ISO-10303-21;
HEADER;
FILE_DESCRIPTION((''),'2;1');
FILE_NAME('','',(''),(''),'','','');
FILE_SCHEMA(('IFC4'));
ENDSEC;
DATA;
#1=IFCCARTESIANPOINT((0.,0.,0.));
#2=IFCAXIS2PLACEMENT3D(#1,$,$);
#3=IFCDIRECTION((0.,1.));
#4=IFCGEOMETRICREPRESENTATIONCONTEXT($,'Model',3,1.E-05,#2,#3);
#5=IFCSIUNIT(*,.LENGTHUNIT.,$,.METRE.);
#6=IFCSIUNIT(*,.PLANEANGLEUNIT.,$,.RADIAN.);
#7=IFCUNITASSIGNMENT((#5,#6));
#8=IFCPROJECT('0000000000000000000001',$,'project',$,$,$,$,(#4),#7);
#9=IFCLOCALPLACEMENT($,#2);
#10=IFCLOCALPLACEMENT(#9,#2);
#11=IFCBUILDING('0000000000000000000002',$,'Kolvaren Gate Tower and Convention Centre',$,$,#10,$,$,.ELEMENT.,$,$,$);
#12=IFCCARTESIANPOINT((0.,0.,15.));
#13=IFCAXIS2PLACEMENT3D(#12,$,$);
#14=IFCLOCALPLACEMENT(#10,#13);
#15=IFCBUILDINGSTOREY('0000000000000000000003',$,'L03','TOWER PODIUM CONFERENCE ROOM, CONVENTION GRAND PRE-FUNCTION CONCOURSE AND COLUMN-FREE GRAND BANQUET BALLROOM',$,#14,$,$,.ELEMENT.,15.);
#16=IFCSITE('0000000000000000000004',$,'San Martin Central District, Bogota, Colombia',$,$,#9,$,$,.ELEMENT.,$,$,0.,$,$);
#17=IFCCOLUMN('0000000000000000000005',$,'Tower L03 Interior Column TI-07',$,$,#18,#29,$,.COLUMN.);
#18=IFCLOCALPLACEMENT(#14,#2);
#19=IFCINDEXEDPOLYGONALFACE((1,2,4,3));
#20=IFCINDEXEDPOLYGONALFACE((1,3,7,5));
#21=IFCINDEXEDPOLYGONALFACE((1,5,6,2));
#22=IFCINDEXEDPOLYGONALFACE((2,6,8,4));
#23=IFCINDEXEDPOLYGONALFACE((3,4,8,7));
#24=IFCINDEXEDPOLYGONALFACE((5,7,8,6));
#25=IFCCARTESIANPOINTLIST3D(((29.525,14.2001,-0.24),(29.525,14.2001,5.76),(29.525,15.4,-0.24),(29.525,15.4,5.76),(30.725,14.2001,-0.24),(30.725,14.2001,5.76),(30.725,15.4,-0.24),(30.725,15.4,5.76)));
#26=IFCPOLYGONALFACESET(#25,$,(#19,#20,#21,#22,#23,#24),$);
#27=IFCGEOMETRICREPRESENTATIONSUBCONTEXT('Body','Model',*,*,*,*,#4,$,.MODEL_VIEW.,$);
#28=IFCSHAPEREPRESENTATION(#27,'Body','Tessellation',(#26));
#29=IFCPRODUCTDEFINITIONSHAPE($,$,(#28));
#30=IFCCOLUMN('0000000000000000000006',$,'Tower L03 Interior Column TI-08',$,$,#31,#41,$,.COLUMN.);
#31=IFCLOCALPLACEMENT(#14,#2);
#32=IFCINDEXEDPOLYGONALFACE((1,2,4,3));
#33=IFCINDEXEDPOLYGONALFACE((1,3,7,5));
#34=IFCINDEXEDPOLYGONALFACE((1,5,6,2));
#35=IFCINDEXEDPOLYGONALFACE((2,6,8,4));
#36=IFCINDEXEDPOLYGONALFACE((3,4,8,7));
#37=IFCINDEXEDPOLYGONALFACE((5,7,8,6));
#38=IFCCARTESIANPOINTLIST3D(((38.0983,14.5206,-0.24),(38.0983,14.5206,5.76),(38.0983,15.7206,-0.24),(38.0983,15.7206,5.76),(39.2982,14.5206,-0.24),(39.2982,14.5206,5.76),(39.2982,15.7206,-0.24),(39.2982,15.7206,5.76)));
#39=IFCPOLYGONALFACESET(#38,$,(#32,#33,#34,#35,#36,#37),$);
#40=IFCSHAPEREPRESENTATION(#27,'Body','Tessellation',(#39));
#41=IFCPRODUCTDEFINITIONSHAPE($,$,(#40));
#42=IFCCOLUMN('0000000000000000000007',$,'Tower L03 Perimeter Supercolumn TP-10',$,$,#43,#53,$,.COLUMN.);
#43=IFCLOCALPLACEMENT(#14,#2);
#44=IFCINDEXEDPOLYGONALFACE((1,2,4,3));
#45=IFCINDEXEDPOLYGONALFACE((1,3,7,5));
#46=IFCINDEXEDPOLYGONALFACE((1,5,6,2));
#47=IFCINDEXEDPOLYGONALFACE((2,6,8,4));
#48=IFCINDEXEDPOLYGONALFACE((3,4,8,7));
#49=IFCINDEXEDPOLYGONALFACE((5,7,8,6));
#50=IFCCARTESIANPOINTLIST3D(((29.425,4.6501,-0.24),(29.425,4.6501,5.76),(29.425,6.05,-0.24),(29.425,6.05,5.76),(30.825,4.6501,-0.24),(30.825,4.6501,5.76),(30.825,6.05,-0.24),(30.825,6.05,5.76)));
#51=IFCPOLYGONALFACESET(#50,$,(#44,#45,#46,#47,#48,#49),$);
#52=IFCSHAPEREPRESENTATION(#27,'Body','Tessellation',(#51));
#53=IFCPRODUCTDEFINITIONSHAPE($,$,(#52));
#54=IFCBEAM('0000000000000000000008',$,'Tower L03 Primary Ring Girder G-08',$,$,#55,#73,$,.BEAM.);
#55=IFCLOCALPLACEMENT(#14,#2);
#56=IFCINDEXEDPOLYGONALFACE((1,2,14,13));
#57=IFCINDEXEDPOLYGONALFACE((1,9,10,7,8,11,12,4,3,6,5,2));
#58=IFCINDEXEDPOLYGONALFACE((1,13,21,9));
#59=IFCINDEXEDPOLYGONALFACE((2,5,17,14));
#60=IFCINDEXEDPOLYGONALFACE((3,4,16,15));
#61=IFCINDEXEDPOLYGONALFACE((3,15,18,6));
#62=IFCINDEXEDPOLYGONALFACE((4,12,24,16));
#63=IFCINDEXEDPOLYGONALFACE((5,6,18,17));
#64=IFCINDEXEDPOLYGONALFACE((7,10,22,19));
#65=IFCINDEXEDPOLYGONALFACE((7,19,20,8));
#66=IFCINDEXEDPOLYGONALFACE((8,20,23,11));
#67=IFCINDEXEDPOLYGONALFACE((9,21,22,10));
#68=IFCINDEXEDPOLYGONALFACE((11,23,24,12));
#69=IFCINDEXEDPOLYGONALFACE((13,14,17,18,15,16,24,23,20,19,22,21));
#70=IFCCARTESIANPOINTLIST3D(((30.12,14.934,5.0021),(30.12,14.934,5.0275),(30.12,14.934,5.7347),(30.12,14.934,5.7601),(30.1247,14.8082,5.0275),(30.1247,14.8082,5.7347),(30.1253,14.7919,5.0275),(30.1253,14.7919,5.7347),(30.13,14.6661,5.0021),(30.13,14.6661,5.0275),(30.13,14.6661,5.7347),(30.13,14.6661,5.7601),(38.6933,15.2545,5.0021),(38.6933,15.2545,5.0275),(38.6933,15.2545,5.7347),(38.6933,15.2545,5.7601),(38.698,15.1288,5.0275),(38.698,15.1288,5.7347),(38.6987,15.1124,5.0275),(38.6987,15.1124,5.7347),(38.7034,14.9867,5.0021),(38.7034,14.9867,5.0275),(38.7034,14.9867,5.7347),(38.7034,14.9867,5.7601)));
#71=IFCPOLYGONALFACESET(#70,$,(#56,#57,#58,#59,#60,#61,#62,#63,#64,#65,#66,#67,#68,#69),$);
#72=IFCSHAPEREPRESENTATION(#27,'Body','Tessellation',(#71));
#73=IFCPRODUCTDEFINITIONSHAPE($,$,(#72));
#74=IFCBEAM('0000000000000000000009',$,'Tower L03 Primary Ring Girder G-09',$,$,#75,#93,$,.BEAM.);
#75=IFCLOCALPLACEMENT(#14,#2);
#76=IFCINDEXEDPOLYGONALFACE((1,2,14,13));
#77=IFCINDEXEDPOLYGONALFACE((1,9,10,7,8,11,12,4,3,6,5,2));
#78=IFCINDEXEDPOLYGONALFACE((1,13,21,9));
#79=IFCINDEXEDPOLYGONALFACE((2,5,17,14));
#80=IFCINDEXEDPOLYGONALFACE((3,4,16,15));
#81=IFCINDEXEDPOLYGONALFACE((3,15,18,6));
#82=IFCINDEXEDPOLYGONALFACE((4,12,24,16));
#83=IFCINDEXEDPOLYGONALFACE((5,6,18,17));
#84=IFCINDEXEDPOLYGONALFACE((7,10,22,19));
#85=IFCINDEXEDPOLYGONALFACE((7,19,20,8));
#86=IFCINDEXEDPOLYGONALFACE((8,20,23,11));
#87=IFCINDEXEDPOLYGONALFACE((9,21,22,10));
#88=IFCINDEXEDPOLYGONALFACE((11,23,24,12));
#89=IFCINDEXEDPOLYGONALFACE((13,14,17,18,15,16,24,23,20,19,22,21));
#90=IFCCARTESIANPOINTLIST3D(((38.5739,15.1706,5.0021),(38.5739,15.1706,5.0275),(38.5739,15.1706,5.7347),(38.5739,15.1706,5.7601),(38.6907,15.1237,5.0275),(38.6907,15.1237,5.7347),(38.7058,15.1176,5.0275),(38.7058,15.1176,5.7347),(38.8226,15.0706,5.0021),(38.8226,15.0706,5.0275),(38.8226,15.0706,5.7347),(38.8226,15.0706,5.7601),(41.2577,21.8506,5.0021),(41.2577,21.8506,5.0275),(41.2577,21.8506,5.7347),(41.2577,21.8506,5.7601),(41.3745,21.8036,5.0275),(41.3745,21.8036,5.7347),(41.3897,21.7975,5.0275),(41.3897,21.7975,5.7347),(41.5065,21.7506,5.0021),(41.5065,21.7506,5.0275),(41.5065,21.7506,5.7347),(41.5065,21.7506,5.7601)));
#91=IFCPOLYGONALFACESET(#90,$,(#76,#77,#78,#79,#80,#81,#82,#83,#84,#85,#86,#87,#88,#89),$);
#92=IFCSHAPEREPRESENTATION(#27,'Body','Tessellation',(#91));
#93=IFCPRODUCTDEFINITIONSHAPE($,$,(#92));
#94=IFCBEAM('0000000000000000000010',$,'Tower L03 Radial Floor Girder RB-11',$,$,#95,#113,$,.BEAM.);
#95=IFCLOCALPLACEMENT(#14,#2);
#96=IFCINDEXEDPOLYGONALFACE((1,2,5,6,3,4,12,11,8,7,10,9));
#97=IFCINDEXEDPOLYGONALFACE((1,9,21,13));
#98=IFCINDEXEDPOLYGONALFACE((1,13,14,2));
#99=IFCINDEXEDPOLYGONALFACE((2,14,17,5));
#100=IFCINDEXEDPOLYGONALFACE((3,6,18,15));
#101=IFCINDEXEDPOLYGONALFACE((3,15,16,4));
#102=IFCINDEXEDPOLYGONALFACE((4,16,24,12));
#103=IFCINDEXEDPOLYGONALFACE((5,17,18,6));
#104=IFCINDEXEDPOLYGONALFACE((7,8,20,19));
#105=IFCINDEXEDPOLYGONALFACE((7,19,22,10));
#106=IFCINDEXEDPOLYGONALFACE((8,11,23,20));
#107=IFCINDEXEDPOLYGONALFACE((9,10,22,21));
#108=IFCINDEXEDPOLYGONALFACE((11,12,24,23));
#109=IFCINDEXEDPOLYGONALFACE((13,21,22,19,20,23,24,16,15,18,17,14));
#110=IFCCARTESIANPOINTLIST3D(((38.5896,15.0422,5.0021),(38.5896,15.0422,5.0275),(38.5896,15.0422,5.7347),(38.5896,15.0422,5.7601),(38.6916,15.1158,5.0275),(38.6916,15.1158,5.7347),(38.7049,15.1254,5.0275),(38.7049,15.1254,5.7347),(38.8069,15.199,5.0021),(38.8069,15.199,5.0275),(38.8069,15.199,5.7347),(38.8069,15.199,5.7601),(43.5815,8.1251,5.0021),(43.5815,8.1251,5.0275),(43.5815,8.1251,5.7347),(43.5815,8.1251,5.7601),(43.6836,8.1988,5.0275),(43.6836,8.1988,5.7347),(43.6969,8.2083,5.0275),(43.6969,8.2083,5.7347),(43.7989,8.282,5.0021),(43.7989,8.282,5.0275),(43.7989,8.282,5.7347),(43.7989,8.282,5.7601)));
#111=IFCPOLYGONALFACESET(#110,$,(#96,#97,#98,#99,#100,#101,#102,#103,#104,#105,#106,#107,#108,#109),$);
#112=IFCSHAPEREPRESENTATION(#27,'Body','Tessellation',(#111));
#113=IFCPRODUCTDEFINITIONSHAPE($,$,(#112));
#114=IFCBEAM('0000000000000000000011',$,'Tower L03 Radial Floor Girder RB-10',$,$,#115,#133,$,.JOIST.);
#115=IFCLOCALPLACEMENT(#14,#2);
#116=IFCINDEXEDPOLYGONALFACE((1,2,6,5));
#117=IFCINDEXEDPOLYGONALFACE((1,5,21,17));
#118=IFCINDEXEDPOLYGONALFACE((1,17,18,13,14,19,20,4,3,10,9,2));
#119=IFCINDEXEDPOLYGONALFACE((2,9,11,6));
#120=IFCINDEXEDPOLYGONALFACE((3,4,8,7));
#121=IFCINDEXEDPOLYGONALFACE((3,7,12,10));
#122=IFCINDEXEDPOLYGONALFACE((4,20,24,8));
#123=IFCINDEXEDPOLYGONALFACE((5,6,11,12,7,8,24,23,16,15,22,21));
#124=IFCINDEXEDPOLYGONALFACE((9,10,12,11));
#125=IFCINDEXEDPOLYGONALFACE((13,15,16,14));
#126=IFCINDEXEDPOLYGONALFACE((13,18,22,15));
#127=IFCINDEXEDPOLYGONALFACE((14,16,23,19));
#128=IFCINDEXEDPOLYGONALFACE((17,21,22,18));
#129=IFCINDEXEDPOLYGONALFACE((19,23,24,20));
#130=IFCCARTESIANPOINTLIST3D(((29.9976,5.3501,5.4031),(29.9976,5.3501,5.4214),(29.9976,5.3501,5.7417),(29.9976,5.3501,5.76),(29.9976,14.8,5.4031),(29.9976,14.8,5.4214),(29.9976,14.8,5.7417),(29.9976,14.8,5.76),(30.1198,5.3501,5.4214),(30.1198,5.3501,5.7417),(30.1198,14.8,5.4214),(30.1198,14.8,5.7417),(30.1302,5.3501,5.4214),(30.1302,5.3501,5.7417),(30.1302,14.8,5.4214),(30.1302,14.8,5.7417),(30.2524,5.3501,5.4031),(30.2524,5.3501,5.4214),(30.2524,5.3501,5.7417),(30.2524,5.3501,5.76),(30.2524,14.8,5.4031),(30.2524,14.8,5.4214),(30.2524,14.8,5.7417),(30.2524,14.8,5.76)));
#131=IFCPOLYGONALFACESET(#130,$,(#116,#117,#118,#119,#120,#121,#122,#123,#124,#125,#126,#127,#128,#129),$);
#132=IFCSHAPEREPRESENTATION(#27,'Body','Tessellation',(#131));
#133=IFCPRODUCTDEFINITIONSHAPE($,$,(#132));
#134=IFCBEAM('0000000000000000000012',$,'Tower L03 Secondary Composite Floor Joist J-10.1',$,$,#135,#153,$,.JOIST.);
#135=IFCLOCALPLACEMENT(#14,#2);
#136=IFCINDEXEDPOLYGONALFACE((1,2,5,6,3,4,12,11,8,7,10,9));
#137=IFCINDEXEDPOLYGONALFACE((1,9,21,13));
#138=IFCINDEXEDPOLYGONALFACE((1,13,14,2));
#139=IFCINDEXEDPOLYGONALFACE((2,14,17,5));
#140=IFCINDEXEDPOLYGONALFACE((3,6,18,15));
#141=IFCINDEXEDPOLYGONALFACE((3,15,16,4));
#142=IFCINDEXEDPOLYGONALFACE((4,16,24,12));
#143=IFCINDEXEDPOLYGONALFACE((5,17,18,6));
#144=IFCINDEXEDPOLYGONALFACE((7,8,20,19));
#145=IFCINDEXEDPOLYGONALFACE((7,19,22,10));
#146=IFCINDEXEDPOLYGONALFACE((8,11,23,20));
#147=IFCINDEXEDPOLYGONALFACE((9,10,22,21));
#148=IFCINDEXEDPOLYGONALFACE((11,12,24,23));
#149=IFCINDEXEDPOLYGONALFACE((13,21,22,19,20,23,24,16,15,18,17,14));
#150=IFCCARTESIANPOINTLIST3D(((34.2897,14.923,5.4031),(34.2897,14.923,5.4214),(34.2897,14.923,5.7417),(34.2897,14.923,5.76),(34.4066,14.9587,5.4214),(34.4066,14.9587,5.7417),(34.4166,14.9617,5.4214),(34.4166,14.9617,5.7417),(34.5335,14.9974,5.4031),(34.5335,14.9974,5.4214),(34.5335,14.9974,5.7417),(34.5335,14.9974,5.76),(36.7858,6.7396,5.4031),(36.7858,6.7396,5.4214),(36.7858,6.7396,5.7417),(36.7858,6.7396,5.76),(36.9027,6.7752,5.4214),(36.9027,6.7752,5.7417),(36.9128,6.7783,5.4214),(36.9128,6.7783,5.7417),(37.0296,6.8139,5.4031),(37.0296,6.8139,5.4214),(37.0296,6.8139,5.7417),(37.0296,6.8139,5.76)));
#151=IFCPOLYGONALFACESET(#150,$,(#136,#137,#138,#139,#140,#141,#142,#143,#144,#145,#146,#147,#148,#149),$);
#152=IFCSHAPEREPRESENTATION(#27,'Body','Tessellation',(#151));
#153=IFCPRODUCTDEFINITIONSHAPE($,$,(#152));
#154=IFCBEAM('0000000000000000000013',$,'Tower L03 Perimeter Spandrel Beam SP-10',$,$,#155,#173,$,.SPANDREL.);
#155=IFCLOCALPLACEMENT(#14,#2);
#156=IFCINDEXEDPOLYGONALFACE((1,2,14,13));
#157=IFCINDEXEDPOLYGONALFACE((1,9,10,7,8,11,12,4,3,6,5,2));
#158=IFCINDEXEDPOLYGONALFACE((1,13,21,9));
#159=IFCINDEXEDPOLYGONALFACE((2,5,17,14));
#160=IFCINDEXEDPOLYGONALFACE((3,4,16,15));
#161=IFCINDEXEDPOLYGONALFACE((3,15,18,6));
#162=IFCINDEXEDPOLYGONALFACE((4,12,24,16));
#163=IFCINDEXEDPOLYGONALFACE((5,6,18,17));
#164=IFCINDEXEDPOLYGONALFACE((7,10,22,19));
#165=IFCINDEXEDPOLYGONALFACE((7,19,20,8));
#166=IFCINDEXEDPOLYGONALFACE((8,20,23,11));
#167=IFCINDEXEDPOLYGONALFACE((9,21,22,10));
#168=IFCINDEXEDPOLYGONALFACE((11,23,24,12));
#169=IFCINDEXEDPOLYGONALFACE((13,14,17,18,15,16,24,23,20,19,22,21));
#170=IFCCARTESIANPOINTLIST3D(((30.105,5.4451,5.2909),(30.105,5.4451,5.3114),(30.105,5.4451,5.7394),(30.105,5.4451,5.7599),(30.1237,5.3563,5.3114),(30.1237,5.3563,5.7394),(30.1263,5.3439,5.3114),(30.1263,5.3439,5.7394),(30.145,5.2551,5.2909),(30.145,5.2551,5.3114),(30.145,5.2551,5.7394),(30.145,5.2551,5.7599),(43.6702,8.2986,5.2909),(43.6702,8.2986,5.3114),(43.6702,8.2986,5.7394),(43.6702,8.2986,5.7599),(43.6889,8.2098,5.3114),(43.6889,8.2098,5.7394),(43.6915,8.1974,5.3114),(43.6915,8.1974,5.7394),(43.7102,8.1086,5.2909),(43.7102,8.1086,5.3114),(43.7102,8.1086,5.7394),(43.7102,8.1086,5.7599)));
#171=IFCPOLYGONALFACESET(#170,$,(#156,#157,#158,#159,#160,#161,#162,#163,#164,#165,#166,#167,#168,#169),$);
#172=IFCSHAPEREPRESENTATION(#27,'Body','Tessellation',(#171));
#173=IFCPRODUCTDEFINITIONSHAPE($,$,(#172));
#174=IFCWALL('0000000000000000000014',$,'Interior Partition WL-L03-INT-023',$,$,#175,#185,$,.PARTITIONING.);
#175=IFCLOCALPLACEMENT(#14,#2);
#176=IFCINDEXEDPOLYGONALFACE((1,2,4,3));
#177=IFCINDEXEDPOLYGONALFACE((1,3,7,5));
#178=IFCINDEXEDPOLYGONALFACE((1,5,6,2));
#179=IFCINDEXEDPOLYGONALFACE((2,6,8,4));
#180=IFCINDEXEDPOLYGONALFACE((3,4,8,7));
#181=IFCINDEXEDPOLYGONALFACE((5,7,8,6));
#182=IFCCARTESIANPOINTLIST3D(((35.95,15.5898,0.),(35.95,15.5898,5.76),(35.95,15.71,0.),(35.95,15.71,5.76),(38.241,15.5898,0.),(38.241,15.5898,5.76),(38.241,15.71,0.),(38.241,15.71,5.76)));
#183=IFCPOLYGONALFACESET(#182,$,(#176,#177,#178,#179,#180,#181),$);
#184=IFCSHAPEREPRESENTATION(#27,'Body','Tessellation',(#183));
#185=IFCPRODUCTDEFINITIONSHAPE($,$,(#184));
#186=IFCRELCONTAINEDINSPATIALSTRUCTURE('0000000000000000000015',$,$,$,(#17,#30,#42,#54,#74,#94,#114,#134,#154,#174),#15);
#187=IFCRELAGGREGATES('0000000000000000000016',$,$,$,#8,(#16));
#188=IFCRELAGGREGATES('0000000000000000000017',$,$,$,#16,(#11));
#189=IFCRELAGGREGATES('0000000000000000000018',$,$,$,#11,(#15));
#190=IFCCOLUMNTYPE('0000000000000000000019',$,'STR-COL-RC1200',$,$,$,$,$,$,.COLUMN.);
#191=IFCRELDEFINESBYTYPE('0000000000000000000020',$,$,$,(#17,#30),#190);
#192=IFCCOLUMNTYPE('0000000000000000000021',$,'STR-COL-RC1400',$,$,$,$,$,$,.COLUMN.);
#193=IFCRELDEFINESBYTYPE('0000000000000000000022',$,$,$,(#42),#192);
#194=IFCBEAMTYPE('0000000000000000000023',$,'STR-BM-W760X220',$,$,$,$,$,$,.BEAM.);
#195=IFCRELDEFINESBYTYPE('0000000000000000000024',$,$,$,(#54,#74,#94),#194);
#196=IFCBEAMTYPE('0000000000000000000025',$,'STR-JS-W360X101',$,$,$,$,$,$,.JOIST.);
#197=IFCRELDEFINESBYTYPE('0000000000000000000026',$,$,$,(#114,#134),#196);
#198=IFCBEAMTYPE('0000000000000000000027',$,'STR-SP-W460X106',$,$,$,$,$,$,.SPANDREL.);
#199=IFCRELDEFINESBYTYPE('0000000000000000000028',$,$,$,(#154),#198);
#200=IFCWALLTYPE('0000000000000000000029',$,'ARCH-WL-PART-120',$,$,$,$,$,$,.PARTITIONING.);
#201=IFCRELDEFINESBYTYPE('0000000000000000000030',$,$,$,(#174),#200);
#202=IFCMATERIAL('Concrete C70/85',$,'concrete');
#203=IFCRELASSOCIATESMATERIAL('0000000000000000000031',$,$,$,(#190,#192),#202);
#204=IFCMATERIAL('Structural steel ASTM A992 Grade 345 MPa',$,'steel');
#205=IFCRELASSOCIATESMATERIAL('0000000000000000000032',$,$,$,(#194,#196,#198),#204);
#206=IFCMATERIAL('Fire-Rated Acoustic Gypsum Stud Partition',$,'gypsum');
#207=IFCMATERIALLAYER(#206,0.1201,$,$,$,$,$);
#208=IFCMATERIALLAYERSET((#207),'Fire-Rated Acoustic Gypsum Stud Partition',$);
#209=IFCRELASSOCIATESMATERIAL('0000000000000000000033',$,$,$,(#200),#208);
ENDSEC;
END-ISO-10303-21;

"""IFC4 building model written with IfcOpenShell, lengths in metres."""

from ifc_helpers import new_model, si_unit, direction, frame, frame_2d, origin, origin_2d, place, context, subcontext, project, spatial, rectangle, i_section, extrude, material, layer, layer_set, material_profile, profile_set, type_object, element, save


model = new_model("IFC4")

# Units and contexts
model_context = context("Model", 3, precision=1e-05, world=origin(), true_north=direction((0.0, 1.0)))
body_context = subcontext(model_context, "Body", "Model", "MODEL_VIEW")
ifc_project = project(units=[si_unit("LENGTHUNIT", "METRE"), si_unit("PLANEANGLEUNIT", "RADIAN")], contexts=[model_context])

# Site, building, storey
site_placement = place(None, origin())
site = spatial("IfcSite", under=ifc_project, at=site_placement, Name="San Martin Central District, Bogota, Colombia", CompositionType="ELEMENT", RefElevation=0.0)
building_placement = place(site_placement, origin())
building = spatial("IfcBuilding", under=site, at=building_placement, Name="Kolvaren Gate Tower and Convention Centre", CompositionType="ELEMENT")
storey_placement = place(building_placement, frame((0.0, 0.0, 15.0)))
storey = spatial("IfcBuildingStorey", under=building, at=storey_placement, Name="L03", Description="TOWER PODIUM CONFERENCE ROOM, CONVENTION GRAND PRE-FUNCTION CONCOURSE AND COLUMN-FREE GRAND BANQUET BALLROOM", CompositionType="ELEMENT", Elevation=15.0)

# Columns
ifc_material_1 = material(Name="Concrete C70/85", Category="concrete")
ifc_material_profile_1 = material_profile(ifc_material_1, rectangle(XDim=1.2, YDim=1.2, at=origin_2d()), Name="RC-COL-1200X1200")
ifc_profile_set_1 = profile_set([ifc_material_profile_1], Name="Concrete C70/85")
column_type_1 = type_object("IfcColumnType", Name="STR-COL-RC1200", PredefinedType="COLUMN", material=ifc_profile_set_1)
for number, where, z_axis, x_axis, name in (
    (1, (30.125, 14.8, -0.24), (0.0, 0.0, 1.0), (1.0, 0.0, 0.0), "Tower L03 Interior Column TI-07"),
    (2, (38.6982, 15.1206, -0.24), (0.0, 0.0, 1.0), (1.0, 0.0, 0.0), "Tower L03 Interior Column TI-08"),
):
    element("IfcColumn", number, at=place(storey_placement, frame(where, z_axis=z_axis, x_axis=x_axis)), inside=storey, type_object=column_type_1, Name=name, PredefinedType="COLUMN", context=body_context, shape_type="SweptSolid", body=[
        extrude(rectangle(XDim=1.2, YDim=1.2, at=origin_2d()), origin(), (0.0, 0.0, 1.0), 6.0),
    ])
ifc_material_profile_2 = material_profile(ifc_material_1, rectangle(XDim=1.3999, YDim=1.3999, at=origin_2d()), Name="RC-COL-1400X1400")
ifc_profile_set_2 = profile_set([ifc_material_profile_2], Name="Concrete C70/85")
column_type_2 = type_object("IfcColumnType", Name="STR-COL-RC1400", PredefinedType="COLUMN", material=ifc_profile_set_2)
column_placement = place(storey_placement, frame((30.125, 5.3501, -0.24), z_axis=(0.0, 0.0, 1.0), x_axis=(1.0, 0.0, 0.0)))
element("IfcColumn", 3, at=column_placement, inside=storey, type_object=column_type_2, Name="Tower L03 Perimeter Supercolumn TP-10", PredefinedType="COLUMN", context=body_context, shape_type="SweptSolid", body=[
    extrude(rectangle(XDim=1.3999, YDim=1.3999, at=origin_2d()), origin(), (0.0, 0.0, 1.0), 6.0),
])

# Beams
ifc_material_2 = material(Name="Structural steel ASTM A992 Grade 345 MPa", Category="steel")
ifc_material_profile_3 = material_profile(ifc_material_2, i_section(OverallWidth=0.2681, OverallDepth=0.7581, WebThickness=0.0164, FlangeThickness=0.0254, at=origin_2d()), Name="W760X220")
ifc_profile_set_3 = profile_set([ifc_material_profile_3], Name="Structural steel ASTM A992 Grade 345 MPa")
beam_type_1 = type_object("IfcBeamType", Name="STR-BM-W760X220", PredefinedType="BEAM", material=ifc_profile_set_3)
beam_1_placement = place(storey_placement, frame((30.125, 14.8, 5.3811), z_axis=(0.999302, 0.037364, 0.0), x_axis=(-0.037364, 0.999302, 0.0)))
element("IfcBeam", 4, at=beam_1_placement, inside=storey, type_object=beam_type_1, Name="Tower L03 Primary Ring Girder G-08", PredefinedType="BEAM", context=body_context, shape_type="SweptSolid", body=[
    extrude(i_section(OverallWidth=0.2681, OverallDepth=0.7581, WebThickness=0.0164, FlangeThickness=0.0254, at=origin_2d()), origin(), (0.0, 0.0, 1.0), 8.5793),
])
beam_2_placement = place(storey_placement, frame((38.6982, 15.1206, 5.3811), z_axis=(0.372811, 0.927907, 0.0), x_axis=(-0.927907, 0.372811, 0.0)))
element("IfcBeam", 5, at=beam_2_placement, inside=storey, type_object=beam_type_1, Name="Tower L03 Primary Ring Girder G-09", PredefinedType="BEAM", context=body_context, shape_type="SweptSolid", body=[
    extrude(i_section(OverallWidth=0.2681, OverallDepth=0.7581, WebThickness=0.0164, FlangeThickness=0.0254, at=origin_2d()), origin(), (0.0, 0.0, 1.0), 7.199),
])
beam_3_placement = place(storey_placement, frame((38.6982, 15.1206, 5.3811), z_axis=(0.585208, -0.810883, 0.0), x_axis=(0.810883, 0.585208, 0.0)))
element("IfcBeam", 6, at=beam_3_placement, inside=storey, type_object=beam_type_1, Name="Tower L03 Radial Floor Girder RB-11", PredefinedType="BEAM", context=body_context, shape_type="SweptSolid", body=[
    extrude(i_section(OverallWidth=0.2681, OverallDepth=0.7581, WebThickness=0.0164, FlangeThickness=0.0254, at=origin_2d()), origin(), (0.0, 0.0, 1.0), 8.5303),
])
ifc_material_profile_4 = material_profile(ifc_material_2, i_section(OverallWidth=0.2549, OverallDepth=0.3569, WebThickness=0.0105, FlangeThickness=0.0183, at=origin_2d()), Name="W360X101")
ifc_profile_set_4 = profile_set([ifc_material_profile_4], Name="Structural steel ASTM A992 Grade 345 MPa")
beam_type_2 = type_object("IfcBeamType", Name="STR-JS-W360X101", PredefinedType="JOIST", material=ifc_profile_set_4)
beam_4_placement = place(storey_placement, frame((30.125, 14.8, 5.5815), z_axis=(0.0, -1.0, 0.0), x_axis=(1.0, 0.0, 0.0)))
element("IfcBeam", 7, at=beam_4_placement, inside=storey, type_object=beam_type_2, Name="Tower L03 Radial Floor Girder RB-10", PredefinedType="JOIST", context=body_context, shape_type="SweptSolid", body=[
    extrude(i_section(OverallWidth=0.2549, OverallDepth=0.3569, WebThickness=0.0105, FlangeThickness=0.0183, at=origin_2d()), origin(), (0.0, 0.0, 1.0), 9.45),
])
beam_5_placement = place(storey_placement, frame((34.4116, 14.9602, 5.5815), z_axis=(0.291751, -0.956494, 0.0), x_axis=(0.956494, 0.291751, 0.0)))
element("IfcBeam", 8, at=beam_5_placement, inside=storey, type_object=beam_type_2, Name="Tower L03 Secondary Composite Floor Joist J-10.1", PredefinedType="JOIST", context=body_context, shape_type="SweptSolid", body=[
    extrude(i_section(OverallWidth=0.2549, OverallDepth=0.3569, WebThickness=0.0105, FlangeThickness=0.0183, at=origin_2d()), origin(), (0.0, 0.0, 1.0), 8.5557),
])
ifc_material_profile_5 = material_profile(ifc_material_2, i_section(OverallWidth=0.1941, OverallDepth=0.469, WebThickness=0.0127, FlangeThickness=0.0205, at=origin_2d()), Name="W460X106")
ifc_profile_set_5 = profile_set([ifc_material_profile_5], Name="Structural steel ASTM A992 Grade 345 MPa")
beam_type_3 = type_object("IfcBeamType", Name="STR-SP-W460X106", PredefinedType="SPANDREL", material=ifc_profile_set_5)
beam_6_placement = place(storey_placement, frame((30.125, 5.3501, 5.5254), z_axis=(0.978583, 0.205851, 0.0), x_axis=(-0.205851, 0.978583, 0.0)))
element("IfcBeam", 9, at=beam_6_placement, inside=storey, type_object=beam_type_3, Name="Tower L03 Perimeter Spandrel Beam SP-10", PredefinedType="SPANDREL", context=body_context, shape_type="SweptSolid", body=[
    extrude(i_section(OverallWidth=0.1941, OverallDepth=0.469, WebThickness=0.0127, FlangeThickness=0.0205, at=origin_2d()), origin(), (0.0, 0.0, 1.0), 13.8621),
])

# Wall
ifc_material_3 = material(Name="Fire-Rated Acoustic Gypsum Stud Partition", Category="gypsum")
ifc_layer_1 = layer(ifc_material_3, 0.1201)
ifc_layer_set_1 = layer_set([ifc_layer_1], Name="Fire-Rated Acoustic Gypsum Stud Partition")
wall_type_1 = type_object("IfcWallType", Name="ARCH-WL-PART-120", PredefinedType="PARTITIONING", material=ifc_layer_set_1)
wall_1_placement = place(storey_placement, frame((35.95, 15.6499, 0.0), z_axis=(0.0, 0.0, 1.0), x_axis=(1.0, 0.0, 0.0)))
element("IfcWall", 10, at=wall_1_placement, inside=storey, type_object=wall_type_1, Name="Interior Partition WL-L03-INT-023", PredefinedType="PARTITIONING", context=body_context, shape_type="SweptSolid", body=[
    extrude(rectangle(XDim=2.291, YDim=0.1201, at=frame_2d((1.1455, 0.0))), origin(), (0.0, 0.0, 1.0), 5.76),
])

save(model, "model.ifc")
